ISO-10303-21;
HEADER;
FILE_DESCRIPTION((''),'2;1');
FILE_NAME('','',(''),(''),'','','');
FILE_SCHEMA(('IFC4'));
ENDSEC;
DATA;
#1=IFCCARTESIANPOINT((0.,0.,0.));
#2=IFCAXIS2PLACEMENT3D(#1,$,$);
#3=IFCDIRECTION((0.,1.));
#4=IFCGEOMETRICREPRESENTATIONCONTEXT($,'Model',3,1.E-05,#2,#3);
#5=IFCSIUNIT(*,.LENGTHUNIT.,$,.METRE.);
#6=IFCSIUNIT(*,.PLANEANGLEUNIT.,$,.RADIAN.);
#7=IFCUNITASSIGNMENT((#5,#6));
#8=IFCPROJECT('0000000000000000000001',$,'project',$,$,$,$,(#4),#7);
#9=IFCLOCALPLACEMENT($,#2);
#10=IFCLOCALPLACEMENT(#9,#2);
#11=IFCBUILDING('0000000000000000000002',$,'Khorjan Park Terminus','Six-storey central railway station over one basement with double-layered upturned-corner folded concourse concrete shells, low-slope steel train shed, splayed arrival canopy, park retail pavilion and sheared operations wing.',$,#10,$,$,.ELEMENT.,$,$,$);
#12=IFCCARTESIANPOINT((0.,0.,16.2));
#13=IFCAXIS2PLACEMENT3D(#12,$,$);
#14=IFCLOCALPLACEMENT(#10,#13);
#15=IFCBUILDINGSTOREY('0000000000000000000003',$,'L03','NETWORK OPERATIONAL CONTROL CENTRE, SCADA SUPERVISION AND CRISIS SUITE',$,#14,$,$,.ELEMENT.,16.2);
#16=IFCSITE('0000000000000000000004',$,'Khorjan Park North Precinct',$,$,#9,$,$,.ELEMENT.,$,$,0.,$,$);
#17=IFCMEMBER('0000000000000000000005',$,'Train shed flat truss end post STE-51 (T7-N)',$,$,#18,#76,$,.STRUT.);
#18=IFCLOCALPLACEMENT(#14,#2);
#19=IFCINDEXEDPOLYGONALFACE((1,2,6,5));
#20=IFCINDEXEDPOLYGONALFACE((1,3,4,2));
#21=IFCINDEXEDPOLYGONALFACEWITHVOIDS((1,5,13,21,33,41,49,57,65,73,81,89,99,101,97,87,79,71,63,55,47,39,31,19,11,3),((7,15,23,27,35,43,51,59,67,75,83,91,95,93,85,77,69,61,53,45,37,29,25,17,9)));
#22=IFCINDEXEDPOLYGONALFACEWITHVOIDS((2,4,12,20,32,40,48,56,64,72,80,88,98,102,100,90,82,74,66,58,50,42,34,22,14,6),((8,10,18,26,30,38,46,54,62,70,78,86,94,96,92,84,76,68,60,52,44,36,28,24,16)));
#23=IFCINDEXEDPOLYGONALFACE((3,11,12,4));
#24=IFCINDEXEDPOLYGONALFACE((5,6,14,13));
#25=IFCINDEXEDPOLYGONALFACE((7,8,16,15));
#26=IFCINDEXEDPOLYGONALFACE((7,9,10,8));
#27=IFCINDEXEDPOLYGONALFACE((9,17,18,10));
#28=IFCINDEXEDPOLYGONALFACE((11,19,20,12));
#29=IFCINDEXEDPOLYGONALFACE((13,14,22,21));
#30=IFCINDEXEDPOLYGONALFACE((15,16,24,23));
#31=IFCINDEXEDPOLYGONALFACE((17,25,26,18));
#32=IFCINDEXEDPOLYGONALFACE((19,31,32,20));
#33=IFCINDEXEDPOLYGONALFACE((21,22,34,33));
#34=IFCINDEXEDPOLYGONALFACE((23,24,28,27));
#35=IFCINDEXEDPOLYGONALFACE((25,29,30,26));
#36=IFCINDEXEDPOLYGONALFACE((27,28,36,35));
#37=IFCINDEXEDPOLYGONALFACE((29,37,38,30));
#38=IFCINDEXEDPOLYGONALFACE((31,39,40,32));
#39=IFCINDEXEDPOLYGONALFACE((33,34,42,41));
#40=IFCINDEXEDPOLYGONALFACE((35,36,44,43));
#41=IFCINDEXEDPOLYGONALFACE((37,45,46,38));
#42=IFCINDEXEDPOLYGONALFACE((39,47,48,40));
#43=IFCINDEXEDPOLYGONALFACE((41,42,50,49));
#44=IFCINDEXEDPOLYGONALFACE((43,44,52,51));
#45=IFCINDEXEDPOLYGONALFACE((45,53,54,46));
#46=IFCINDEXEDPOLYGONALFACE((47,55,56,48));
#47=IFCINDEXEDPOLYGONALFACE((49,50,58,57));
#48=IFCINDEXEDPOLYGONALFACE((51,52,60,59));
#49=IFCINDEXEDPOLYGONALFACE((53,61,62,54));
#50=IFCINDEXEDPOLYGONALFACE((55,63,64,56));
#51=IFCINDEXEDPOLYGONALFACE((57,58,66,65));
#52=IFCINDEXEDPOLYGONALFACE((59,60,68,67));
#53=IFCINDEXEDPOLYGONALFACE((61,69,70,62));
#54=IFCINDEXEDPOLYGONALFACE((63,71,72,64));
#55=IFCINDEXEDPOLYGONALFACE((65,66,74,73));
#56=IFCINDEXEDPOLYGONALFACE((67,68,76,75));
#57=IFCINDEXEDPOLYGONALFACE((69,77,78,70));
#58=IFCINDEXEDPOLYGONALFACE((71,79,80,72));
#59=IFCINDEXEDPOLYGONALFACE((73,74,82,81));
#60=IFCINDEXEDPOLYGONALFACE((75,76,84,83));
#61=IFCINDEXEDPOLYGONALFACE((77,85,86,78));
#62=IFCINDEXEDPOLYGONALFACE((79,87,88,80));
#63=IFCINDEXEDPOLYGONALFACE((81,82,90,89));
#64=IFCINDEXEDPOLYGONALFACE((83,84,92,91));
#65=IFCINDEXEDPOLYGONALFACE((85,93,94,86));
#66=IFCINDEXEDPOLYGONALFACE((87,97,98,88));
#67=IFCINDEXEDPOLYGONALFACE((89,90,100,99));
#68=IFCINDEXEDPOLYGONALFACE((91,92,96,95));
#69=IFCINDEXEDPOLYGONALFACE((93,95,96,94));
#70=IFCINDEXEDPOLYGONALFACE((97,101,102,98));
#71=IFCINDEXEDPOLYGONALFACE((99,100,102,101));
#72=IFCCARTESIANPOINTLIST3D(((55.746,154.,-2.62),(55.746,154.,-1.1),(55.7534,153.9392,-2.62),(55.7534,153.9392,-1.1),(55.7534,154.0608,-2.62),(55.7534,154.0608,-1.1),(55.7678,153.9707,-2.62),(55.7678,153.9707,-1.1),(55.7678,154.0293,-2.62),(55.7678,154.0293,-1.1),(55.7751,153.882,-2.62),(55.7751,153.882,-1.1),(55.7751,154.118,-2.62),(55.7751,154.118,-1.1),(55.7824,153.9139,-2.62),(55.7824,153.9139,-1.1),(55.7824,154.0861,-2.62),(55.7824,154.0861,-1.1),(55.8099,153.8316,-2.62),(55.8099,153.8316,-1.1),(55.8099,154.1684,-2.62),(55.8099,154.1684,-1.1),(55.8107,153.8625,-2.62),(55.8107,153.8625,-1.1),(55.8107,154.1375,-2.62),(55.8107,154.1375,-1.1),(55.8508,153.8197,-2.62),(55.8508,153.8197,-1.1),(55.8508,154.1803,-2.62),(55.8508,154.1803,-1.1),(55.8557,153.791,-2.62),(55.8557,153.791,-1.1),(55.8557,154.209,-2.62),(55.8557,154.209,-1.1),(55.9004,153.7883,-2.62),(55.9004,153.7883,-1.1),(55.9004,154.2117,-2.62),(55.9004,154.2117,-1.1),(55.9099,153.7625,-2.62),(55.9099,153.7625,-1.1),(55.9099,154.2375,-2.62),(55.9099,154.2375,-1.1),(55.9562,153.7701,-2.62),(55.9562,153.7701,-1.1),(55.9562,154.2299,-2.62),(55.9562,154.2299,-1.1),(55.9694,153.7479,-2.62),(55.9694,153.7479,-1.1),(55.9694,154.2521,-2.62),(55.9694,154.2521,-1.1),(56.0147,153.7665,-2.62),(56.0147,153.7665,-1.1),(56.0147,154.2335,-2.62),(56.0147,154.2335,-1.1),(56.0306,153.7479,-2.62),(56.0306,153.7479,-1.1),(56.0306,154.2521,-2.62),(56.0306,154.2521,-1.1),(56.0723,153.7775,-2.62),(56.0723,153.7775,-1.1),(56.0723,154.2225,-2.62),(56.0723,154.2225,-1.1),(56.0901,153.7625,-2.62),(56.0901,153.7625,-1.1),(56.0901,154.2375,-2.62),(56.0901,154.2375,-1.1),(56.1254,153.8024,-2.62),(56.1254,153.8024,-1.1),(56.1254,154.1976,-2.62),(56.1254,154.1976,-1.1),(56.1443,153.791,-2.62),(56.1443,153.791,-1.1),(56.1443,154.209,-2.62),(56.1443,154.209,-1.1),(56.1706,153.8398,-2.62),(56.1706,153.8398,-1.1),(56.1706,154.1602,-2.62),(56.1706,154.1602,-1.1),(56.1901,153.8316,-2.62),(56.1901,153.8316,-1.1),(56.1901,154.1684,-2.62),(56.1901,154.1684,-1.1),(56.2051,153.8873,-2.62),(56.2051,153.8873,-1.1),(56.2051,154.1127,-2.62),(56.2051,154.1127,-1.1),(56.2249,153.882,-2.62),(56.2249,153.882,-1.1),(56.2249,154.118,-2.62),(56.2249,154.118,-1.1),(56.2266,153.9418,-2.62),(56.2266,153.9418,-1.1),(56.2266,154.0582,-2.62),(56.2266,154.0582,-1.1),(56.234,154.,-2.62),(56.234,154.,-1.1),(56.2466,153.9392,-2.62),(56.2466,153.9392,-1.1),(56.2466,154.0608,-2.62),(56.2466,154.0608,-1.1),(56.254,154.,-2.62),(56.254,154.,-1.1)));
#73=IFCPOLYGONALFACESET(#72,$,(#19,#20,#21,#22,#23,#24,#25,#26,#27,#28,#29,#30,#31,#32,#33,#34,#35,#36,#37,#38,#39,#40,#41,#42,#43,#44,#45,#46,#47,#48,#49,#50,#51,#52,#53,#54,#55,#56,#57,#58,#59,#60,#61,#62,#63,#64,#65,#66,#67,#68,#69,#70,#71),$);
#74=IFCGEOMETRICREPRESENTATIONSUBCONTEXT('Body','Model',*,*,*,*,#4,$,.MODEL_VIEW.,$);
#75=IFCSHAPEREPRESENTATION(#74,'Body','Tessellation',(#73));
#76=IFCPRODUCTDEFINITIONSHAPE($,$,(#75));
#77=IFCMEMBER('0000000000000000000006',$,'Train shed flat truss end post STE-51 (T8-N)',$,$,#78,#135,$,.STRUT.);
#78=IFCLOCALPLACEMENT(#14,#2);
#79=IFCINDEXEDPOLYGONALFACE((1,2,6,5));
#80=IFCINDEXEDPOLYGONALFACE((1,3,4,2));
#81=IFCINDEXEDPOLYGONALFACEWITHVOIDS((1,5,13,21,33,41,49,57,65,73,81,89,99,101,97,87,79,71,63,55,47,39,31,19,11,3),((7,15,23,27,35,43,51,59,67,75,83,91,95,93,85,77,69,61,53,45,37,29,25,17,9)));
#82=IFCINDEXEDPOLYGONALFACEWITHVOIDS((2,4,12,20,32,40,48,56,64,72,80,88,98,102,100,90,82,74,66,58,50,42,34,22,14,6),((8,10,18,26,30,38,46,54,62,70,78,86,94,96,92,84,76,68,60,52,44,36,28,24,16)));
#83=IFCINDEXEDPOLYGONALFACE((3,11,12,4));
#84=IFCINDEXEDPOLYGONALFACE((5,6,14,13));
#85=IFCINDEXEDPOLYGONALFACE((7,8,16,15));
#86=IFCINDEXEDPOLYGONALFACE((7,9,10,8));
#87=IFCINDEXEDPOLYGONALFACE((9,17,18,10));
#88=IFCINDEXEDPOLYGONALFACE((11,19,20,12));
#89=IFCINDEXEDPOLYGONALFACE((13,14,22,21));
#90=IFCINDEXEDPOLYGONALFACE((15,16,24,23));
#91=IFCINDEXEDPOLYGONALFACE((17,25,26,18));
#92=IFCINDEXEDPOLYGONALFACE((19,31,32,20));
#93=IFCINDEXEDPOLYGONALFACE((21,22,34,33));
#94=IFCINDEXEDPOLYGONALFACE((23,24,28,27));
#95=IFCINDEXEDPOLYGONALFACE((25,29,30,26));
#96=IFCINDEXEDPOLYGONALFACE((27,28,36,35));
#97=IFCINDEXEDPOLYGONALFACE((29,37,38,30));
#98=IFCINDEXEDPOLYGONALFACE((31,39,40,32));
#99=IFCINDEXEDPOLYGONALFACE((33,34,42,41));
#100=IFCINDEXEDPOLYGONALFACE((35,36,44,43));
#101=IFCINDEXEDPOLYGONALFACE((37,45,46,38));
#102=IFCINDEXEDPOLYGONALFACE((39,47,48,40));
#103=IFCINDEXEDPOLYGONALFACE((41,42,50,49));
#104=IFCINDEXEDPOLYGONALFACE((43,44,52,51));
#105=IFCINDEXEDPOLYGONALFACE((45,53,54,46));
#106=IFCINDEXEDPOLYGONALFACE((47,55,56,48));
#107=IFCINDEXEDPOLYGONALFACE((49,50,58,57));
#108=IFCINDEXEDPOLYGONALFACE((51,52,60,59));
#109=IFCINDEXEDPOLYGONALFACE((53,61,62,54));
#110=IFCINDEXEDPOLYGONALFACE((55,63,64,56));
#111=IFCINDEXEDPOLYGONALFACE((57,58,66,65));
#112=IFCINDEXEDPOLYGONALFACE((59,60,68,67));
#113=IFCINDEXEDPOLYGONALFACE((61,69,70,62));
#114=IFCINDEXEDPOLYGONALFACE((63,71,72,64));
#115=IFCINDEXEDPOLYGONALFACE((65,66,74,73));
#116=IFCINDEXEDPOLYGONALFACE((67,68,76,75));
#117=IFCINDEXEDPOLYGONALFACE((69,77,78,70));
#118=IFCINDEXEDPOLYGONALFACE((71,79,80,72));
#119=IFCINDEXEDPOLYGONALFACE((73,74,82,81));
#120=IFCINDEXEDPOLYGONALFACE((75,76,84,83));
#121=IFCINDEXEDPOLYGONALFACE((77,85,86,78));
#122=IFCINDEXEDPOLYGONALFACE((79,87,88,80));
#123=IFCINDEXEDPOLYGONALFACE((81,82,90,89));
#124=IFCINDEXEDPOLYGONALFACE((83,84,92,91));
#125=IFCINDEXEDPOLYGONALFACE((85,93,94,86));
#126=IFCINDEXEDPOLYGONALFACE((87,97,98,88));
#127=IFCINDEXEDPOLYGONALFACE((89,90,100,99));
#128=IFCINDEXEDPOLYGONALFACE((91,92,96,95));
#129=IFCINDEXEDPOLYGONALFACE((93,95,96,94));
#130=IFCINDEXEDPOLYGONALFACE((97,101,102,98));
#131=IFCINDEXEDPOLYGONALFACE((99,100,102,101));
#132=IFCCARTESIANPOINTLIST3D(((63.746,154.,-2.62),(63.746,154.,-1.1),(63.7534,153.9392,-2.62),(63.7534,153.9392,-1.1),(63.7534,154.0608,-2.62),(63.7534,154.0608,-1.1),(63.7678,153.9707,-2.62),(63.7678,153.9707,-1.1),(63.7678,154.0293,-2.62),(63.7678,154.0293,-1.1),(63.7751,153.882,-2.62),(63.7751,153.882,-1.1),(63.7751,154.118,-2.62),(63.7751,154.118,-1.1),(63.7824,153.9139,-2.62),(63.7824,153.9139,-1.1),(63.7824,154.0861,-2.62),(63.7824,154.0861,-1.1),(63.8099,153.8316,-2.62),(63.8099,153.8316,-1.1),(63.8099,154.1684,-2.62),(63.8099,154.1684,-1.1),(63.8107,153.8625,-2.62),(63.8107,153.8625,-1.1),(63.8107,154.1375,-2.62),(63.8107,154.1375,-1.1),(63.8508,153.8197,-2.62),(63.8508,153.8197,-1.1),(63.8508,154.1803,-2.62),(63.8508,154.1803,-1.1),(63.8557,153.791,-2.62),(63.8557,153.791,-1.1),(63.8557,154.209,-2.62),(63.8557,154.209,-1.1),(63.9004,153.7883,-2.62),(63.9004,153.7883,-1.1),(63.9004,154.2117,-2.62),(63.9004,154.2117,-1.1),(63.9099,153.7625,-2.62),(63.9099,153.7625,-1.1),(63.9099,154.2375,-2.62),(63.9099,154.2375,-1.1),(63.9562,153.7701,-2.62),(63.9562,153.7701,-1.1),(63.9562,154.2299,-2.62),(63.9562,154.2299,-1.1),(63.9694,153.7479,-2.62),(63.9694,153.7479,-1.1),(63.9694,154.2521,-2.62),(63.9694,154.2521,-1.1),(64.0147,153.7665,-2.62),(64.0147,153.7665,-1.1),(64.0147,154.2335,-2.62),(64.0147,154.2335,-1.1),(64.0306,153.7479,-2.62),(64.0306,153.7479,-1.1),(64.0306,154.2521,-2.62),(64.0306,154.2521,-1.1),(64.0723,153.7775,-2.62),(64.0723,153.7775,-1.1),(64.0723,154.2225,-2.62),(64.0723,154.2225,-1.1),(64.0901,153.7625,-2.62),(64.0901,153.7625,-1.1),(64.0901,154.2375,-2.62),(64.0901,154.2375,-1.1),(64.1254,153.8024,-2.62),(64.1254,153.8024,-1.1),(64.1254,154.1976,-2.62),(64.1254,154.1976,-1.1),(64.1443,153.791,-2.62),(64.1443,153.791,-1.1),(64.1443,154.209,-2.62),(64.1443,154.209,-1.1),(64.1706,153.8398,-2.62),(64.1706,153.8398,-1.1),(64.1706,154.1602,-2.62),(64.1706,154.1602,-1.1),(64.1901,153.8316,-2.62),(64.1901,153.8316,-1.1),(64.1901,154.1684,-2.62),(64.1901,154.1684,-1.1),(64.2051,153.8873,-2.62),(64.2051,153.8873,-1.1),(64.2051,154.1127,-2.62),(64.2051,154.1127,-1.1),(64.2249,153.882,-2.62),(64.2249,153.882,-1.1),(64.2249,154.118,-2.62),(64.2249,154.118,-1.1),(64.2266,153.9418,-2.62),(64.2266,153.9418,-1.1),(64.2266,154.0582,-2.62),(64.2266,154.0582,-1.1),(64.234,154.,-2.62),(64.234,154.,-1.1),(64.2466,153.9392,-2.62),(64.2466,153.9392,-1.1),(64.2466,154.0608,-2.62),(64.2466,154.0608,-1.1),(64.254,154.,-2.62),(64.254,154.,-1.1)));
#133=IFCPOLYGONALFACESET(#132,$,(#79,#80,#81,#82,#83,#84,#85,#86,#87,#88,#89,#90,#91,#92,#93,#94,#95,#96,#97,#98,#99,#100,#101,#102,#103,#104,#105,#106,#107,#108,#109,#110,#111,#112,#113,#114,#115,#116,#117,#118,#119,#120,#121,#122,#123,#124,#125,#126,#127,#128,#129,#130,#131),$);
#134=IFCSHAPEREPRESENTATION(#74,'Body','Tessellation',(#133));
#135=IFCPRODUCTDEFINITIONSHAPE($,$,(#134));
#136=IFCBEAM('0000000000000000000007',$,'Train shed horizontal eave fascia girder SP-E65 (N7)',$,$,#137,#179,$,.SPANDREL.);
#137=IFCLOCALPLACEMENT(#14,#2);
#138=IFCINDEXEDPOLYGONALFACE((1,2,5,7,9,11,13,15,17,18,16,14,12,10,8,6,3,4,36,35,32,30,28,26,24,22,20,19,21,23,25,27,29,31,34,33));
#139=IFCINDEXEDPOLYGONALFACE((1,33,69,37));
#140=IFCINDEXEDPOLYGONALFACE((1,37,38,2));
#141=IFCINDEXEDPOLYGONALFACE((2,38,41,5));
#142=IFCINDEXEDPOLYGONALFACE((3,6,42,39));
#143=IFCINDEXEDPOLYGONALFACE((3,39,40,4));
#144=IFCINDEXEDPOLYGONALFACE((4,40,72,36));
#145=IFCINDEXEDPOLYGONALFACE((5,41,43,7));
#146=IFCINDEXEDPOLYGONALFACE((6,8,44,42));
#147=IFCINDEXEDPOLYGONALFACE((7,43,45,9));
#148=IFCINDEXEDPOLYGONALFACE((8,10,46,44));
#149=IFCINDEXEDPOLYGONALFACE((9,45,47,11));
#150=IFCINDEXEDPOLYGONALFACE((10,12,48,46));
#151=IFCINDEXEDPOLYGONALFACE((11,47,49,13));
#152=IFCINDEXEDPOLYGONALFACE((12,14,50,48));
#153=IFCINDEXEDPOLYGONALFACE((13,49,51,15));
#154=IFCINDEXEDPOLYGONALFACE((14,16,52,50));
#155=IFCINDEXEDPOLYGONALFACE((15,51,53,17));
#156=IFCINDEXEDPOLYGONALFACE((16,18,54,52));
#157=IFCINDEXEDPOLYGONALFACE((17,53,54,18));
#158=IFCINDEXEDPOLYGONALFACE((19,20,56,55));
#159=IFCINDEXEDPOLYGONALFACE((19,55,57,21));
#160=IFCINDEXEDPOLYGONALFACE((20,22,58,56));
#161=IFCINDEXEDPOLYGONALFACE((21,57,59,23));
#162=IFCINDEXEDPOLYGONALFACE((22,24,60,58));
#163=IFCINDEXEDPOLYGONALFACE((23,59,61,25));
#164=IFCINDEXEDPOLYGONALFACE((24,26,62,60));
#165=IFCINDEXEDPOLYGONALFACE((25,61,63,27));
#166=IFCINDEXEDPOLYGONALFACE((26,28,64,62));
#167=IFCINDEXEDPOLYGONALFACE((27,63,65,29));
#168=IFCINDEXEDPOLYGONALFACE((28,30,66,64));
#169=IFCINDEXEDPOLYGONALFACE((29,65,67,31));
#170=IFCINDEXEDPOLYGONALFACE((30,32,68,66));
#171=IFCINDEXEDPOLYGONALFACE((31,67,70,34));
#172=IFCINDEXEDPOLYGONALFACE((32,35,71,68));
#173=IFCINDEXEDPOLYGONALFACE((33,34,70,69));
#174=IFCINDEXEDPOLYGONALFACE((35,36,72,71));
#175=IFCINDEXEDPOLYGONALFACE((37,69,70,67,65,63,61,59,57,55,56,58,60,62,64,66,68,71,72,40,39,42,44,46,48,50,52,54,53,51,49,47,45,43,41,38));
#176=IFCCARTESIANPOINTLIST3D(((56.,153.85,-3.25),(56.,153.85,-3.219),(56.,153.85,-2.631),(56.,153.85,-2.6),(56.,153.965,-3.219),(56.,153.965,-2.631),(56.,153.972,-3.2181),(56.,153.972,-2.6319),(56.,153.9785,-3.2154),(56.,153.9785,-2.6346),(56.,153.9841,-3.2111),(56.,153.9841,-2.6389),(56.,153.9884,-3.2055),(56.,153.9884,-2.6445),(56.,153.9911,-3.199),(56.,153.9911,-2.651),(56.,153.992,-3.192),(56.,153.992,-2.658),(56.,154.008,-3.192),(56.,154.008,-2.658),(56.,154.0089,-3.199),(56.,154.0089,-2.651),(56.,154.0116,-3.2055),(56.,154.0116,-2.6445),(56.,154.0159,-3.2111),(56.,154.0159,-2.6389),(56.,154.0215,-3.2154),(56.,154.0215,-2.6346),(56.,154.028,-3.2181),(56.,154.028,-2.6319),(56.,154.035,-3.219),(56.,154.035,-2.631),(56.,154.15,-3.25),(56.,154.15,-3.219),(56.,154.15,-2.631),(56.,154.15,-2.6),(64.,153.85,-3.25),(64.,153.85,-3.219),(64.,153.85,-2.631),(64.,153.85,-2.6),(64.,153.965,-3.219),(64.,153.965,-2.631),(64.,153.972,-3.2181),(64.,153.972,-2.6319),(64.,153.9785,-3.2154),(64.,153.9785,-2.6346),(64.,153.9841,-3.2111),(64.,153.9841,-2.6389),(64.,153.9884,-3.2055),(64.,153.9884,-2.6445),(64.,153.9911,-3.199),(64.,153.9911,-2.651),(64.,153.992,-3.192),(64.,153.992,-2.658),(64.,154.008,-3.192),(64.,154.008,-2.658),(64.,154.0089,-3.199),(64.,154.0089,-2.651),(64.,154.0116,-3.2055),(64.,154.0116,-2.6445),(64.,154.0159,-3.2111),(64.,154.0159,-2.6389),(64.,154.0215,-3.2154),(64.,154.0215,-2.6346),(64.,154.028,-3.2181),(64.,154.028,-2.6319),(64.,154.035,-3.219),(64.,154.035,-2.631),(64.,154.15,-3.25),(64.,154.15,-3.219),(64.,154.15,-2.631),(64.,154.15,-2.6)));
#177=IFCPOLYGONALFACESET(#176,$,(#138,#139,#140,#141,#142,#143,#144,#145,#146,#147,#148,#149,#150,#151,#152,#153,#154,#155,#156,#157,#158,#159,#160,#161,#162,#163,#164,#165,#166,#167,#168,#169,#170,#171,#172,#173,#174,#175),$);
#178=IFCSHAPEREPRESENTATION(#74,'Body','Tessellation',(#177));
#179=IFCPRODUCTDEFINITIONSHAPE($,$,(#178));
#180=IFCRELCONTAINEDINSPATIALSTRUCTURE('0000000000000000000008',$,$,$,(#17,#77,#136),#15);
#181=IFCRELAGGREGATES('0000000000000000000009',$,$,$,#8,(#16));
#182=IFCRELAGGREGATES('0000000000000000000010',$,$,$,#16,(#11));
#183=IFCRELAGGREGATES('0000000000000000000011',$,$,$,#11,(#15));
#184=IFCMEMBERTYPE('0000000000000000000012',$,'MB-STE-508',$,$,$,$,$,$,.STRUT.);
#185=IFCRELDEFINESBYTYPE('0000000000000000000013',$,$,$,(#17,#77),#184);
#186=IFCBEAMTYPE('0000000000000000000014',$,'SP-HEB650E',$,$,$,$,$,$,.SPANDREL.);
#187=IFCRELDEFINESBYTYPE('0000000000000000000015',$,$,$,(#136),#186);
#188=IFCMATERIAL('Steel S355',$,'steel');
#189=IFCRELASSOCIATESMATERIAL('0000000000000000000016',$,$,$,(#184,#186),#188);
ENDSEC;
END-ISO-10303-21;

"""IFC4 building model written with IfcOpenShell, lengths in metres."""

from ifc_helpers import new_model, si_unit, direction, frame, origin, origin_2d, place, context, subcontext, project, spatial, hollow_circle, i_section, extrude, material, material_profile, profile_set, type_object, element, save


model = new_model("IFC4")

# Units and contexts
model_context = context("Model", 3, precision=1e-05, world=origin(), true_north=direction((0.0, 1.0)))
body_context = subcontext(model_context, "Body", "Model", "MODEL_VIEW")
ifc_project = project(units=[si_unit("LENGTHUNIT", "METRE"), si_unit("PLANEANGLEUNIT", "RADIAN")], contexts=[model_context])

# Site, building, storey
site_placement = place(None, origin())
site = spatial("IfcSite", under=ifc_project, at=site_placement, Name="Khorjan Park North Precinct", CompositionType="ELEMENT", RefElevation=0.0)
building_placement = place(site_placement, origin())
building = spatial("IfcBuilding", under=site, at=building_placement, Name="Khorjan Park Terminus", Description="Six-storey central railway station over one basement with double-layered upturned-corner folded concourse concrete shells, low-slope steel train shed, splayed arrival canopy, park retail pavilion and sheared operations wing.", CompositionType="ELEMENT")
storey_placement = place(building_placement, frame((0.0, 0.0, 16.2)))
storey = spatial("IfcBuildingStorey", under=building, at=storey_placement, Name="L03", Description="NETWORK OPERATIONAL CONTROL CENTRE, SCADA SUPERVISION AND CRISIS SUITE", CompositionType="ELEMENT", Elevation=16.2)

# Members
ifc_material = material(Name="Steel S355", Category="steel")
ifc_material_profile_1 = material_profile(ifc_material, hollow_circle(Radius=0.254, WallThickness=0.02, at=origin_2d()), Name="CHS 508x20")
ifc_profile_set_1 = profile_set([ifc_material_profile_1], Name="Steel S355")
member_type_1 = type_object("IfcMemberType", Name="MB-STE-508", PredefinedType="STRUT", material=ifc_profile_set_1)
for number, where, z_axis, x_axis, name in (
    (1, (56.0, 154.0, -2.62), (0.0, 0.0, 1.0), (1.0, 0.0, 0.0), "Train shed flat truss end post STE-51 (T7-N)"),
    (2, (64.0, 154.0, -2.62), (0.0, 0.0, 1.0), (1.0, 0.0, 0.0), "Train shed flat truss end post STE-51 (T8-N)"),
):
    element("IfcMember", number, at=place(storey_placement, frame(where, z_axis=z_axis, x_axis=x_axis)), inside=storey, type_object=member_type_1, Name=name, PredefinedType="STRUT", context=body_context, shape_type="SweptSolid", body=[
        extrude(hollow_circle(Radius=0.254, WallThickness=0.02, at=origin_2d()), origin(), (0.0, 0.0, 1.0), 1.52),
    ])

# Beam
ifc_material_profile_2 = material_profile(ifc_material, i_section(OverallWidth=0.3, OverallDepth=0.65, WebThickness=0.016, FlangeThickness=0.031, FilletRadius=0.027, at=origin_2d()), Name="HEB 650")
ifc_profile_set_2 = profile_set([ifc_material_profile_2], Name="Steel S355")
beam_type = type_object("IfcBeamType", Name="SP-HEB650E", PredefinedType="SPANDREL", material=ifc_profile_set_2)
for number, where, z_axis, x_axis, name in (
    (3, (56.0, 154.0, -2.925), (1.0, 0.0, 0.0), (0.0, 1.0, 0.0), "Train shed horizontal eave fascia girder SP-E65 (N7)"),
):
    element("IfcBeam", number, at=place(storey_placement, frame(where, z_axis=z_axis, x_axis=x_axis)), inside=storey, type_object=beam_type, Name=name, PredefinedType="SPANDREL", context=body_context, shape_type="SweptSolid", body=[
        extrude(i_section(OverallWidth=0.3, OverallDepth=0.65, WebThickness=0.016, FlangeThickness=0.031, FilletRadius=0.027, at=origin_2d()), origin(), (0.0, 0.0, 1.0), 8.0),
    ])

save(model, "model.ifc")
